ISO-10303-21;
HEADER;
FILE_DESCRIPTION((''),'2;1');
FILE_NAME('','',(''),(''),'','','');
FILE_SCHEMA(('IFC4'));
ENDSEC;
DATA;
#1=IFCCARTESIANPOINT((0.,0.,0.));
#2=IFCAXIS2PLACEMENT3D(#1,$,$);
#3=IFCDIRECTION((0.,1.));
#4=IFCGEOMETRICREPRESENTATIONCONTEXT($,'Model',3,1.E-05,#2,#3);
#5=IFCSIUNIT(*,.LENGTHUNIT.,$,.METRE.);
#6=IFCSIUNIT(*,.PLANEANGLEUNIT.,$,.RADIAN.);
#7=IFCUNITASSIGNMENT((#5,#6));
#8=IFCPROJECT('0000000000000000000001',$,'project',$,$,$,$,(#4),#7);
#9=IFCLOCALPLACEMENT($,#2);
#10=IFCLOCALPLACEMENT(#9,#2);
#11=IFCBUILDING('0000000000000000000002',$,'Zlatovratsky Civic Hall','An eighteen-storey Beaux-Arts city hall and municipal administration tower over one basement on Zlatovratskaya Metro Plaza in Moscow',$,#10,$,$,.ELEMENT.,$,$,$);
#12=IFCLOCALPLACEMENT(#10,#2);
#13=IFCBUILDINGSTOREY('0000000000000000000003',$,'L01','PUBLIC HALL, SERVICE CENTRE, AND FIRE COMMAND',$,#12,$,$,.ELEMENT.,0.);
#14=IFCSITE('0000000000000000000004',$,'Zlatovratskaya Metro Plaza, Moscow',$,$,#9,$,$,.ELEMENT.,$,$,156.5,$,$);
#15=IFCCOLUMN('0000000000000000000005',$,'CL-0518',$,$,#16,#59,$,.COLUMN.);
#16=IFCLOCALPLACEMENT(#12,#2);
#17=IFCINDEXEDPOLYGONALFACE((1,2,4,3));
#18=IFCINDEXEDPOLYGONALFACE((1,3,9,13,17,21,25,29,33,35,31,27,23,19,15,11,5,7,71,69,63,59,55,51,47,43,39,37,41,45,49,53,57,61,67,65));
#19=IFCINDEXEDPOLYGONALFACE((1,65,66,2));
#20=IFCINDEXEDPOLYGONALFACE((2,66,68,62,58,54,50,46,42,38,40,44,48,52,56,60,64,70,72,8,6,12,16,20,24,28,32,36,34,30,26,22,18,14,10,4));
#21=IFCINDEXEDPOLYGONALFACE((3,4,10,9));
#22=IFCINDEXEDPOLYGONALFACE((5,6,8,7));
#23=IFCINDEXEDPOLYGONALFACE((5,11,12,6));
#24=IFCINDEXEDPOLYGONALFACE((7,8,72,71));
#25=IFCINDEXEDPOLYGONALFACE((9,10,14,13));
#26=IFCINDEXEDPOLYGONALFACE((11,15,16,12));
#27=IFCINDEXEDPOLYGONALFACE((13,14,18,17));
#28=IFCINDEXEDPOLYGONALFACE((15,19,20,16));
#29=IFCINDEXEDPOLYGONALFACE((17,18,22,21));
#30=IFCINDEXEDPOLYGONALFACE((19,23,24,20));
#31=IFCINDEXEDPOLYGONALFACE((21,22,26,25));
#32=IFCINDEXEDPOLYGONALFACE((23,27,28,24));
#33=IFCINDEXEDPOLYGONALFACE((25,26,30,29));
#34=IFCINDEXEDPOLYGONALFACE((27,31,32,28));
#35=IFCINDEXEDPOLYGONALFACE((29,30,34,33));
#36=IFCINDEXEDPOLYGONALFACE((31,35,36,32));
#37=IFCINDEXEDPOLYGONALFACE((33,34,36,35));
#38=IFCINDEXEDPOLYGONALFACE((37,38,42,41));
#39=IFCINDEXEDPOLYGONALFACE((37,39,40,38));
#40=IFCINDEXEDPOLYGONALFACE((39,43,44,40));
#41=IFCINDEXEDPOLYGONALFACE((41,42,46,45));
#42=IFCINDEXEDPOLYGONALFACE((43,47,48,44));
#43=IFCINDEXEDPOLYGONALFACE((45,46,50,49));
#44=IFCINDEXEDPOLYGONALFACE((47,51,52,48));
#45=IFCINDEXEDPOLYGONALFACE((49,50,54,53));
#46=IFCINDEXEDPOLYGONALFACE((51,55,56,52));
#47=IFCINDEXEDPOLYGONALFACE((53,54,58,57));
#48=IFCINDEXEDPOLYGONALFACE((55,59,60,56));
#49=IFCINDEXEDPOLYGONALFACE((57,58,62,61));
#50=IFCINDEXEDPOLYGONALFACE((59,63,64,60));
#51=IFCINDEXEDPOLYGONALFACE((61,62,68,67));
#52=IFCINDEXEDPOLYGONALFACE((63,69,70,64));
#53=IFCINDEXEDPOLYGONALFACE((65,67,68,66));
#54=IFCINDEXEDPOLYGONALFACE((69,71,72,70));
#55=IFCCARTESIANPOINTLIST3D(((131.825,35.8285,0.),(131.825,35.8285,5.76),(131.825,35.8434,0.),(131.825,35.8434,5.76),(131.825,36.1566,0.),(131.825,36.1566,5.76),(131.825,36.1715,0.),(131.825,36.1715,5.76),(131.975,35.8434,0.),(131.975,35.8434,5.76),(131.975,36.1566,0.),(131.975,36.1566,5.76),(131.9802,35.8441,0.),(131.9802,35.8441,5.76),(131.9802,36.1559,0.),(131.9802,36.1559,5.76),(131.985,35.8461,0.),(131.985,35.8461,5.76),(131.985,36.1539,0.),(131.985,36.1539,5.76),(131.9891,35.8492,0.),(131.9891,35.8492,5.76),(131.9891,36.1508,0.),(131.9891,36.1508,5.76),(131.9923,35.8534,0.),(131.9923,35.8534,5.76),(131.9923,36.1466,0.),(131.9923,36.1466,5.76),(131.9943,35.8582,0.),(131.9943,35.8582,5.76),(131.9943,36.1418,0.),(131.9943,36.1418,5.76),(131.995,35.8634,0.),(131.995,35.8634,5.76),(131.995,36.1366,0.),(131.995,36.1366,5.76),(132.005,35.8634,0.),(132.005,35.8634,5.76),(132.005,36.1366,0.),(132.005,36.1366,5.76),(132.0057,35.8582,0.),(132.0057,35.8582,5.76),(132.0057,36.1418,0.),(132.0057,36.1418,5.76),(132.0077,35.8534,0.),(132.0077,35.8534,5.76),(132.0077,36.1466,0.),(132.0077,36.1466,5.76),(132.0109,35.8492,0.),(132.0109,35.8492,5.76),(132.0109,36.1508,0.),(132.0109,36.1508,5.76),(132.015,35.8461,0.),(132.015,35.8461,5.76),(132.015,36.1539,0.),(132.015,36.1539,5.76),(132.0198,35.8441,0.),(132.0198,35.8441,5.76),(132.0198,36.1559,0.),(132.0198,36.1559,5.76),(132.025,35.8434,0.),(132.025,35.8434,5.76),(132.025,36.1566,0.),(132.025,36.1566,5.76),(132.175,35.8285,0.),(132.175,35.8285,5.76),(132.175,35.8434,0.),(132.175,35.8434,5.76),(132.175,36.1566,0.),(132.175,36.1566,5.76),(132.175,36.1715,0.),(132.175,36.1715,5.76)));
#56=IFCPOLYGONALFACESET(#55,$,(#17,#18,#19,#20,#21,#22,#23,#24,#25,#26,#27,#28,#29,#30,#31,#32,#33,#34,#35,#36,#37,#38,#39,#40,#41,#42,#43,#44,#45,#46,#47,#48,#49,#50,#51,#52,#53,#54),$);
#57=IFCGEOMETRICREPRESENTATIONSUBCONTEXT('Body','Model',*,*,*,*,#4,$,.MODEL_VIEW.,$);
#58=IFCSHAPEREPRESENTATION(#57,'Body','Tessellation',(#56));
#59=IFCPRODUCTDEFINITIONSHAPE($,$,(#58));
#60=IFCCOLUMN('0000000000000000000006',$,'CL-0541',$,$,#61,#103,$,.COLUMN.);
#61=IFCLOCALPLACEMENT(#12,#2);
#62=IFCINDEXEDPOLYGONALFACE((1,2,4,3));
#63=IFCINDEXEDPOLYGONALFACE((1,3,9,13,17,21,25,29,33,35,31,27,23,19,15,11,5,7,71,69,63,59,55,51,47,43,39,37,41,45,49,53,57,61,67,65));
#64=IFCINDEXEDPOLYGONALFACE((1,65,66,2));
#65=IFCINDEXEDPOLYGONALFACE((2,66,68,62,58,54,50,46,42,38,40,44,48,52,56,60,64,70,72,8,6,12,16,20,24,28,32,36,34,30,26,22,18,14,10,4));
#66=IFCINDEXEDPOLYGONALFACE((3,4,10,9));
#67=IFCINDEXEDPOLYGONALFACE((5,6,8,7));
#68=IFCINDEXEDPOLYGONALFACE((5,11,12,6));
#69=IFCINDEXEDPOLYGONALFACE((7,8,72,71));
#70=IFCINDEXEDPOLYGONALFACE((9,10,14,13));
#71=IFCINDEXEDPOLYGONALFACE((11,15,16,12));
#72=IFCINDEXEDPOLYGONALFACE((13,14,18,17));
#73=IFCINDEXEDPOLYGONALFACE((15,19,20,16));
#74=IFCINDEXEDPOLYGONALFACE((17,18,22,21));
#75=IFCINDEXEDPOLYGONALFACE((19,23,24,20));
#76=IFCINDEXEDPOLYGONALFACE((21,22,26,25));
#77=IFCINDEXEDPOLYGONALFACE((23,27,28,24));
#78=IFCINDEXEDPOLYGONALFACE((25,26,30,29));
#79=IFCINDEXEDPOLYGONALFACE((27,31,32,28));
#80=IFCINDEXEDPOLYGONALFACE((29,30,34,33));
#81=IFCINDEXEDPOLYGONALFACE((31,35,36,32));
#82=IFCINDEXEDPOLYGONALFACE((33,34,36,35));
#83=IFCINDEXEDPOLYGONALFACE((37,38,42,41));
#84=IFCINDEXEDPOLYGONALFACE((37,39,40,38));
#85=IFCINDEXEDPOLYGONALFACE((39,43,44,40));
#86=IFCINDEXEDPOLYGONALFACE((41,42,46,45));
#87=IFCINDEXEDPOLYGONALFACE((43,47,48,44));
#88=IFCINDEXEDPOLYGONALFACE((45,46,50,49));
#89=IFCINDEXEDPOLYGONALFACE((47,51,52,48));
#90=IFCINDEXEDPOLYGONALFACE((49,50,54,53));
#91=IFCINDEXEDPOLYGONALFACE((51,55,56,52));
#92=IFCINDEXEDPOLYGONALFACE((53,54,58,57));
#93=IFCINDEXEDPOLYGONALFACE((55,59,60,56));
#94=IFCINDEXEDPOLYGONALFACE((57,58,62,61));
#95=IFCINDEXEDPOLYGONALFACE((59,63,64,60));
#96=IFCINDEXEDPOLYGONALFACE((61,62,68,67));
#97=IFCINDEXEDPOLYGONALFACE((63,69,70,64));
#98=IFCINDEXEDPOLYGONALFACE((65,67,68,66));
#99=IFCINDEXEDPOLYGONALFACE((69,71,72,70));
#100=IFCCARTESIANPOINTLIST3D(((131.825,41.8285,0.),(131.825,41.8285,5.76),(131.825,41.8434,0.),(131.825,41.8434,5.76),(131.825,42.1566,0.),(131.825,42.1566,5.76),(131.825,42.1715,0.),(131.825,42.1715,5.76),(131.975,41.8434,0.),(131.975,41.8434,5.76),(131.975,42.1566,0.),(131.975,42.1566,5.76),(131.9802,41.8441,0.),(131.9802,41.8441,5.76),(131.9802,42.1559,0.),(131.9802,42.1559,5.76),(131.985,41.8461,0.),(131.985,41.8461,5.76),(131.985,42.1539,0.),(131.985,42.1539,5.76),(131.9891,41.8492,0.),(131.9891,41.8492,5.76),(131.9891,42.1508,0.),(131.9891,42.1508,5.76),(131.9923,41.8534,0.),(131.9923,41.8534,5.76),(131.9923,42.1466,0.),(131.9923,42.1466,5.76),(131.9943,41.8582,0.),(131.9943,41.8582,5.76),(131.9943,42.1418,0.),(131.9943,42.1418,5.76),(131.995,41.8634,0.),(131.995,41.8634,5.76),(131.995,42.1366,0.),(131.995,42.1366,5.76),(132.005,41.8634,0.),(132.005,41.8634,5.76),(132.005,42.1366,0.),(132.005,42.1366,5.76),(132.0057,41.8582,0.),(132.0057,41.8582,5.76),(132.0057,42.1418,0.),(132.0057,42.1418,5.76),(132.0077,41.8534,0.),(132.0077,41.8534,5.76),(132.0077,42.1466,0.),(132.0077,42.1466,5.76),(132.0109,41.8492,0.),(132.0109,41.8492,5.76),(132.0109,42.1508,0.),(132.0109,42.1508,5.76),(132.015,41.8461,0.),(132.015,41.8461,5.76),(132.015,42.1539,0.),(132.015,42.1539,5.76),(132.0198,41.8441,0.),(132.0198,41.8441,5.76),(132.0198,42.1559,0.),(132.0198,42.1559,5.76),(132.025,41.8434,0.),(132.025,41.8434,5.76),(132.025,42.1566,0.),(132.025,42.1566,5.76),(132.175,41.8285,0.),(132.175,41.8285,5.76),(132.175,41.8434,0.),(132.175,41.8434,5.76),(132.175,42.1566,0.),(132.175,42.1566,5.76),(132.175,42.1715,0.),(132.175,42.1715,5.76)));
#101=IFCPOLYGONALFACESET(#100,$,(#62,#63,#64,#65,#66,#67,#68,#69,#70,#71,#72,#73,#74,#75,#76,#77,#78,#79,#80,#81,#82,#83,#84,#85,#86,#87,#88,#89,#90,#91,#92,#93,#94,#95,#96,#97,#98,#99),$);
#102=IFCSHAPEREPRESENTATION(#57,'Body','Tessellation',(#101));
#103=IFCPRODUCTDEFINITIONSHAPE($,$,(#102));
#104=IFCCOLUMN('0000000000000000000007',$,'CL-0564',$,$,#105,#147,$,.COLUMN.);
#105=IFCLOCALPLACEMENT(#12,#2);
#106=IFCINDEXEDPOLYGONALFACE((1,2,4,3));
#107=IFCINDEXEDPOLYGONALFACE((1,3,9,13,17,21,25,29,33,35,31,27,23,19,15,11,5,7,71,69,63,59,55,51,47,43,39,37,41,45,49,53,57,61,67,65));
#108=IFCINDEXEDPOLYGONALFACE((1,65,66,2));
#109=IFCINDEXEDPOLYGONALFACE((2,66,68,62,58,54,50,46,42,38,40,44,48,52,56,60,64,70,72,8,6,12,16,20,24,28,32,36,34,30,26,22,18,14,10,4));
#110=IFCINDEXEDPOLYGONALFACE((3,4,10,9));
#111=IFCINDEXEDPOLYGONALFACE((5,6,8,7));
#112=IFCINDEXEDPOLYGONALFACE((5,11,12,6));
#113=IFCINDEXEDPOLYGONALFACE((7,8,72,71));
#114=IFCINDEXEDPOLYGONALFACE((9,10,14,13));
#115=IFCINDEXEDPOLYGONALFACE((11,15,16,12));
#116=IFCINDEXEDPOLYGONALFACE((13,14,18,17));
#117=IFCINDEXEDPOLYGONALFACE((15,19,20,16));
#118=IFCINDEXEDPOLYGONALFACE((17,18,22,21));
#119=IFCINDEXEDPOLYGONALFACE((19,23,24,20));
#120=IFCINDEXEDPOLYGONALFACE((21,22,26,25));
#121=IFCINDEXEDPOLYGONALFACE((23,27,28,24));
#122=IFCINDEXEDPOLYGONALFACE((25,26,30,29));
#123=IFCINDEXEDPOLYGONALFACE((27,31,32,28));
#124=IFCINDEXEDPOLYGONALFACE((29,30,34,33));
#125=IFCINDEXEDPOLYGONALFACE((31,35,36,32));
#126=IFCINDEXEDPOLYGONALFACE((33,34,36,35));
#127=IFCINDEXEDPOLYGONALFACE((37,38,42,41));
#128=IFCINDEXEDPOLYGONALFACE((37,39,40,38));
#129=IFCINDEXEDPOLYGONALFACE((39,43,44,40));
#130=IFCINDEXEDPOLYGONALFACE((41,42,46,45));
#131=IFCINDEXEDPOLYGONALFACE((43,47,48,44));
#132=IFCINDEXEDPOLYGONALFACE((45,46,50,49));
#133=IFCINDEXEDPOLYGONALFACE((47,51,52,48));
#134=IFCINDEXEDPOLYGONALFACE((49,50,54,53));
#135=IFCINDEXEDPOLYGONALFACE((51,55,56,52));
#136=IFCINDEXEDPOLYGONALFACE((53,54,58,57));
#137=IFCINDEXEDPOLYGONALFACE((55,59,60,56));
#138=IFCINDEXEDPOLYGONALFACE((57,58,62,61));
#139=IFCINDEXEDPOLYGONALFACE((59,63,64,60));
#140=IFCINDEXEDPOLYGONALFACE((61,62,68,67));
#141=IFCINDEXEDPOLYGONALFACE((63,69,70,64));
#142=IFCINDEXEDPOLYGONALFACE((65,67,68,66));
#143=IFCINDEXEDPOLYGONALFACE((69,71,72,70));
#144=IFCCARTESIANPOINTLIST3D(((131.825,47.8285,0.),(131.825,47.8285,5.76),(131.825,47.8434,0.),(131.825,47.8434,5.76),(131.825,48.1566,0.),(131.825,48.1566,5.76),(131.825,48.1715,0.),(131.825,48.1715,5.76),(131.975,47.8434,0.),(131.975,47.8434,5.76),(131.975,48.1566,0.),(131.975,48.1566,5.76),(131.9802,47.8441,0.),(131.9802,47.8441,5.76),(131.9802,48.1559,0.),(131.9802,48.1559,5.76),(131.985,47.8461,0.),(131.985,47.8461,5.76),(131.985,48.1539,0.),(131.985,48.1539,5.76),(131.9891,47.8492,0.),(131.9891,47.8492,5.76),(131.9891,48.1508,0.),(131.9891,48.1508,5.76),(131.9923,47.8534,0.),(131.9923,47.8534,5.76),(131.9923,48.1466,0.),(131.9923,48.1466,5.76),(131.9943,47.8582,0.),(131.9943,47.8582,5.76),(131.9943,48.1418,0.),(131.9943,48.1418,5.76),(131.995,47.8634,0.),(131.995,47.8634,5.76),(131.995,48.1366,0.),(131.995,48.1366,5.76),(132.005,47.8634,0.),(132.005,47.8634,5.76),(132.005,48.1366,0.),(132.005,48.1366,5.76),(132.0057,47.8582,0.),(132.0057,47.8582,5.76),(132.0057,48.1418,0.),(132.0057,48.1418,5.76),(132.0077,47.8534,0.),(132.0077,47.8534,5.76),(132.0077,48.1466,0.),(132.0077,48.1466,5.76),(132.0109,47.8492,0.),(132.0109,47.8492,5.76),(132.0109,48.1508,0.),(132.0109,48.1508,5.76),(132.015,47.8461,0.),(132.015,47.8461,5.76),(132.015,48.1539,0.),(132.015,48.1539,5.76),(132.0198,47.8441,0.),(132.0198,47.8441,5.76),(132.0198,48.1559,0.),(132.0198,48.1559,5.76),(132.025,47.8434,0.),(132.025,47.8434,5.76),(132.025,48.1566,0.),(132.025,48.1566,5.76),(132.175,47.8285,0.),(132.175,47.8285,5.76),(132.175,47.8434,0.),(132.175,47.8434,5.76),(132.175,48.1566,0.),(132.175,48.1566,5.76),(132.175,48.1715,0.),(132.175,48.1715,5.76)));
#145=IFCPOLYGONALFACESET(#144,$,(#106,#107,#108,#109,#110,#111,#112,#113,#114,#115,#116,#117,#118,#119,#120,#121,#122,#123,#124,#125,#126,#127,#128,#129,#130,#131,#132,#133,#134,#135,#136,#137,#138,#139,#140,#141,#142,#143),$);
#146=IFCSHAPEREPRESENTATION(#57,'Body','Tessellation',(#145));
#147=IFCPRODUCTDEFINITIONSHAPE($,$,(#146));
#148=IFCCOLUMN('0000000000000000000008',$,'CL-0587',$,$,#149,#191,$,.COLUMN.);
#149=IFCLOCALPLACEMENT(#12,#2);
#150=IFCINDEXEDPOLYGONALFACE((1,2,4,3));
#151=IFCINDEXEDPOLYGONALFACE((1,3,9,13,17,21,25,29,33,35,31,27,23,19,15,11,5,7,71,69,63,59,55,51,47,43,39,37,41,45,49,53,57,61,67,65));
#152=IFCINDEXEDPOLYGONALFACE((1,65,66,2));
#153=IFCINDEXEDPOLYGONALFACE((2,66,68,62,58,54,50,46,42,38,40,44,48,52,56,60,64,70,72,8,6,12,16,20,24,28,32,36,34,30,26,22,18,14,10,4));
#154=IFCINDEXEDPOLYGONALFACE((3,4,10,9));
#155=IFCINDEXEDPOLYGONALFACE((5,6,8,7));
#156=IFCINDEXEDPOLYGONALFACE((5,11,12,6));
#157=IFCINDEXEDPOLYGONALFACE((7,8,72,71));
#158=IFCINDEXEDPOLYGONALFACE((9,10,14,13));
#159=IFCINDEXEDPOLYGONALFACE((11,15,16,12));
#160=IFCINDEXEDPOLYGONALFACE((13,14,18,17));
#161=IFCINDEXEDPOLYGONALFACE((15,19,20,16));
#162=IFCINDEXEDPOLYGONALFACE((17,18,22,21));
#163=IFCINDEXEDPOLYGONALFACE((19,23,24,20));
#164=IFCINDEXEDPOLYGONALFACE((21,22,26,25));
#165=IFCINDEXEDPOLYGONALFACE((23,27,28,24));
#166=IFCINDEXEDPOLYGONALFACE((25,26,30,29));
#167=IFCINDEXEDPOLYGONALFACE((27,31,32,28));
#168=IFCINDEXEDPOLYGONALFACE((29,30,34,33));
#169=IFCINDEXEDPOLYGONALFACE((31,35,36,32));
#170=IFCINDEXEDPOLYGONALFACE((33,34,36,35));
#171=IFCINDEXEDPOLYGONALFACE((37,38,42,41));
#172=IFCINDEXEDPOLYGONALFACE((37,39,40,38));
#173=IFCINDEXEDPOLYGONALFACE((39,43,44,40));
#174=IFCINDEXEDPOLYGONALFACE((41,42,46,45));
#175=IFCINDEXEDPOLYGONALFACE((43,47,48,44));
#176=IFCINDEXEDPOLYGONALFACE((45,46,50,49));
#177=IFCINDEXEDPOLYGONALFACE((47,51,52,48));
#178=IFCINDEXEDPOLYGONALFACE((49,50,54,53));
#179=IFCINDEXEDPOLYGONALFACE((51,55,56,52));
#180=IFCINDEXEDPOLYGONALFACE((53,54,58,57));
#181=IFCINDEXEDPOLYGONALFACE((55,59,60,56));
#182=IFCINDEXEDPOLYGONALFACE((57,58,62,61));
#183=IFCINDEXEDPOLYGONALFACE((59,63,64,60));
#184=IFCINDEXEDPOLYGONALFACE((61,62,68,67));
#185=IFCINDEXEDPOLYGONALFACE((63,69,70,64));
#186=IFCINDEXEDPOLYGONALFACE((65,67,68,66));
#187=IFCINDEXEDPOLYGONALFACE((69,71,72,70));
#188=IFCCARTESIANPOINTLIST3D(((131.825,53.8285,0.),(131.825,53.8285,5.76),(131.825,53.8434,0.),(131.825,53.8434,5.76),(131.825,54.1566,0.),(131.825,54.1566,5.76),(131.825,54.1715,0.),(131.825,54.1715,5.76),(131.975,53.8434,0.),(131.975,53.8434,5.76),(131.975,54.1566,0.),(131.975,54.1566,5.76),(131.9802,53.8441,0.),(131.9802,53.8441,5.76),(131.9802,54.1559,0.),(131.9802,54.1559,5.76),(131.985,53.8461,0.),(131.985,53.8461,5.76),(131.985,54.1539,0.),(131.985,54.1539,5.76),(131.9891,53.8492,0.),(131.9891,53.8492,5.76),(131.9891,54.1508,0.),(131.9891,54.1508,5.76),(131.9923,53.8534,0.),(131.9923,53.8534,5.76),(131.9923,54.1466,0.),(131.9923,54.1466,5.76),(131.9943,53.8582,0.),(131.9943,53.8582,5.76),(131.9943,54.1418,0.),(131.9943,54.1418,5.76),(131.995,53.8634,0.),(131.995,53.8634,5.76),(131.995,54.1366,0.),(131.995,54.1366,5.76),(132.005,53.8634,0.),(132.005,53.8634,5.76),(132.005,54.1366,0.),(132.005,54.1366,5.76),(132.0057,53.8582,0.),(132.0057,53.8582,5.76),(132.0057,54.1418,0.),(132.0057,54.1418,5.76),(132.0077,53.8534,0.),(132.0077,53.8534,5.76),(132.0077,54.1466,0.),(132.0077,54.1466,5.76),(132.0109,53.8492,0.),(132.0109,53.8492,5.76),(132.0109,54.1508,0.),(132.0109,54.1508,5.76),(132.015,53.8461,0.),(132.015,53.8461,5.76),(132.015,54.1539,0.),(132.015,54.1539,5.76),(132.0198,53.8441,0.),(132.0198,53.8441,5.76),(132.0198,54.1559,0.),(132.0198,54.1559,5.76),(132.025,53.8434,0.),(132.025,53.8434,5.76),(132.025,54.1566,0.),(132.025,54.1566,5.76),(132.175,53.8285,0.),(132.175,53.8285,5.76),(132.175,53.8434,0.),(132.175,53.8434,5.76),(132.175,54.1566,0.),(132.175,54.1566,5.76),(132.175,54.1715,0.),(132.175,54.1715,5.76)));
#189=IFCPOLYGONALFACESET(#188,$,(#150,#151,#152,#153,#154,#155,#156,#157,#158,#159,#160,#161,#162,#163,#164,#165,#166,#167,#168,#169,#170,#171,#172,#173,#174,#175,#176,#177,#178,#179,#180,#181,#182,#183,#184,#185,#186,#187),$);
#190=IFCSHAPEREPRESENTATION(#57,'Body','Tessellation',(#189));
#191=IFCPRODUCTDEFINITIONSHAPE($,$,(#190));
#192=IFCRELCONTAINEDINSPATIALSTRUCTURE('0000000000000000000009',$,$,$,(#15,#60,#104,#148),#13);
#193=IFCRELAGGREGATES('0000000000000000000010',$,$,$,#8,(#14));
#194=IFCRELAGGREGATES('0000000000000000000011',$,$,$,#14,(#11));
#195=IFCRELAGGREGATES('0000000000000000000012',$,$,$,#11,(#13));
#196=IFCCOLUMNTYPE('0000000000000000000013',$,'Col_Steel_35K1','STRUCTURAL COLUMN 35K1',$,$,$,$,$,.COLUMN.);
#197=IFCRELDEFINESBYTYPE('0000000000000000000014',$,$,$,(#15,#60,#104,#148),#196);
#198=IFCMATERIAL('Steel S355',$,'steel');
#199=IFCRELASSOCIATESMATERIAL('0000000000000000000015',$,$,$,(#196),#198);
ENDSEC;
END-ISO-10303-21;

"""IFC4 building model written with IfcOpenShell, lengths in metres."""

from ifc_helpers import new_model, si_unit, direction, frame, origin, origin_2d, place, context, subcontext, project, spatial, i_section, extrude, material, material_profile, profile_set, type_object, element, save


model = new_model("IFC4")

# Units and contexts
model_context = context("Model", 3, precision=1e-05, world=origin(), true_north=direction((0.0, 1.0)))
body_context = subcontext(model_context, "Body", "Model", "MODEL_VIEW")
ifc_project = project(units=[si_unit("LENGTHUNIT", "METRE"), si_unit("PLANEANGLEUNIT", "RADIAN")], contexts=[model_context])

# Site, building, storey
site_placement = place(None, origin())
site = spatial("IfcSite", under=ifc_project, at=site_placement, Name="Zlatovratskaya Metro Plaza, Moscow", CompositionType="ELEMENT", RefElevation=156.5)
building_placement = place(site_placement, origin())
building = spatial("IfcBuilding", under=site, at=building_placement, Name="Zlatovratsky Civic Hall", Description="An eighteen-storey Beaux-Arts city hall and municipal administration tower over one basement on Zlatovratskaya Metro Plaza in Moscow", CompositionType="ELEMENT")
storey_placement = place(building_placement, origin())
storey = spatial("IfcBuildingStorey", under=building, at=storey_placement, Name="L01", Description="PUBLIC HALL, SERVICE CENTRE, AND FIRE COMMAND", CompositionType="ELEMENT", Elevation=0.0)

# Columns
ifc_material = material(Name="Steel S355", Category="steel")
ifc_material_profile_1 = material_profile(ifc_material, i_section(OverallWidth=0.3501, OverallDepth=0.343, WebThickness=0.01, FlangeThickness=0.0149, FilletRadius=0.02, at=origin_2d()), Name="35K1")
ifc_profile_set_1 = profile_set([ifc_material_profile_1], Name="Steel S355")
column_type = type_object("IfcColumnType", Name="Col_Steel_35K1", Description="STRUCTURAL COLUMN 35K1", PredefinedType="COLUMN", material=ifc_profile_set_1)
for number, where, z_axis, x_axis, name in (
    (1, (132.0, 36.0, 0.0), (0.0, 0.0, 1.0), (1.0, 0.0, 0.0), "CL-0518"),
    (2, (132.0, 42.0, 0.0), (0.0, 0.0, 1.0), (1.0, 0.0, 0.0), "CL-0541"),
    (3, (132.0, 48.0, 0.0), (0.0, 0.0, 1.0), (1.0, 0.0, 0.0), "CL-0564"),
    (4, (132.0, 54.0, 0.0), (0.0, 0.0, 1.0), (1.0, 0.0, 0.0), "CL-0587"),
):
    element("IfcColumn", number, at=place(storey_placement, frame(where, z_axis=z_axis, x_axis=x_axis)), inside=storey, type_object=column_type, Name=name, PredefinedType="COLUMN", context=body_context, shape_type="SweptSolid", body=[
        extrude(i_section(OverallWidth=0.3501, OverallDepth=0.343, WebThickness=0.01, FlangeThickness=0.0149, FilletRadius=0.02, at=origin_2d()), origin(), (0.0, 0.0, 1.0), 5.76),
    ])

save(model, "model.ifc")
